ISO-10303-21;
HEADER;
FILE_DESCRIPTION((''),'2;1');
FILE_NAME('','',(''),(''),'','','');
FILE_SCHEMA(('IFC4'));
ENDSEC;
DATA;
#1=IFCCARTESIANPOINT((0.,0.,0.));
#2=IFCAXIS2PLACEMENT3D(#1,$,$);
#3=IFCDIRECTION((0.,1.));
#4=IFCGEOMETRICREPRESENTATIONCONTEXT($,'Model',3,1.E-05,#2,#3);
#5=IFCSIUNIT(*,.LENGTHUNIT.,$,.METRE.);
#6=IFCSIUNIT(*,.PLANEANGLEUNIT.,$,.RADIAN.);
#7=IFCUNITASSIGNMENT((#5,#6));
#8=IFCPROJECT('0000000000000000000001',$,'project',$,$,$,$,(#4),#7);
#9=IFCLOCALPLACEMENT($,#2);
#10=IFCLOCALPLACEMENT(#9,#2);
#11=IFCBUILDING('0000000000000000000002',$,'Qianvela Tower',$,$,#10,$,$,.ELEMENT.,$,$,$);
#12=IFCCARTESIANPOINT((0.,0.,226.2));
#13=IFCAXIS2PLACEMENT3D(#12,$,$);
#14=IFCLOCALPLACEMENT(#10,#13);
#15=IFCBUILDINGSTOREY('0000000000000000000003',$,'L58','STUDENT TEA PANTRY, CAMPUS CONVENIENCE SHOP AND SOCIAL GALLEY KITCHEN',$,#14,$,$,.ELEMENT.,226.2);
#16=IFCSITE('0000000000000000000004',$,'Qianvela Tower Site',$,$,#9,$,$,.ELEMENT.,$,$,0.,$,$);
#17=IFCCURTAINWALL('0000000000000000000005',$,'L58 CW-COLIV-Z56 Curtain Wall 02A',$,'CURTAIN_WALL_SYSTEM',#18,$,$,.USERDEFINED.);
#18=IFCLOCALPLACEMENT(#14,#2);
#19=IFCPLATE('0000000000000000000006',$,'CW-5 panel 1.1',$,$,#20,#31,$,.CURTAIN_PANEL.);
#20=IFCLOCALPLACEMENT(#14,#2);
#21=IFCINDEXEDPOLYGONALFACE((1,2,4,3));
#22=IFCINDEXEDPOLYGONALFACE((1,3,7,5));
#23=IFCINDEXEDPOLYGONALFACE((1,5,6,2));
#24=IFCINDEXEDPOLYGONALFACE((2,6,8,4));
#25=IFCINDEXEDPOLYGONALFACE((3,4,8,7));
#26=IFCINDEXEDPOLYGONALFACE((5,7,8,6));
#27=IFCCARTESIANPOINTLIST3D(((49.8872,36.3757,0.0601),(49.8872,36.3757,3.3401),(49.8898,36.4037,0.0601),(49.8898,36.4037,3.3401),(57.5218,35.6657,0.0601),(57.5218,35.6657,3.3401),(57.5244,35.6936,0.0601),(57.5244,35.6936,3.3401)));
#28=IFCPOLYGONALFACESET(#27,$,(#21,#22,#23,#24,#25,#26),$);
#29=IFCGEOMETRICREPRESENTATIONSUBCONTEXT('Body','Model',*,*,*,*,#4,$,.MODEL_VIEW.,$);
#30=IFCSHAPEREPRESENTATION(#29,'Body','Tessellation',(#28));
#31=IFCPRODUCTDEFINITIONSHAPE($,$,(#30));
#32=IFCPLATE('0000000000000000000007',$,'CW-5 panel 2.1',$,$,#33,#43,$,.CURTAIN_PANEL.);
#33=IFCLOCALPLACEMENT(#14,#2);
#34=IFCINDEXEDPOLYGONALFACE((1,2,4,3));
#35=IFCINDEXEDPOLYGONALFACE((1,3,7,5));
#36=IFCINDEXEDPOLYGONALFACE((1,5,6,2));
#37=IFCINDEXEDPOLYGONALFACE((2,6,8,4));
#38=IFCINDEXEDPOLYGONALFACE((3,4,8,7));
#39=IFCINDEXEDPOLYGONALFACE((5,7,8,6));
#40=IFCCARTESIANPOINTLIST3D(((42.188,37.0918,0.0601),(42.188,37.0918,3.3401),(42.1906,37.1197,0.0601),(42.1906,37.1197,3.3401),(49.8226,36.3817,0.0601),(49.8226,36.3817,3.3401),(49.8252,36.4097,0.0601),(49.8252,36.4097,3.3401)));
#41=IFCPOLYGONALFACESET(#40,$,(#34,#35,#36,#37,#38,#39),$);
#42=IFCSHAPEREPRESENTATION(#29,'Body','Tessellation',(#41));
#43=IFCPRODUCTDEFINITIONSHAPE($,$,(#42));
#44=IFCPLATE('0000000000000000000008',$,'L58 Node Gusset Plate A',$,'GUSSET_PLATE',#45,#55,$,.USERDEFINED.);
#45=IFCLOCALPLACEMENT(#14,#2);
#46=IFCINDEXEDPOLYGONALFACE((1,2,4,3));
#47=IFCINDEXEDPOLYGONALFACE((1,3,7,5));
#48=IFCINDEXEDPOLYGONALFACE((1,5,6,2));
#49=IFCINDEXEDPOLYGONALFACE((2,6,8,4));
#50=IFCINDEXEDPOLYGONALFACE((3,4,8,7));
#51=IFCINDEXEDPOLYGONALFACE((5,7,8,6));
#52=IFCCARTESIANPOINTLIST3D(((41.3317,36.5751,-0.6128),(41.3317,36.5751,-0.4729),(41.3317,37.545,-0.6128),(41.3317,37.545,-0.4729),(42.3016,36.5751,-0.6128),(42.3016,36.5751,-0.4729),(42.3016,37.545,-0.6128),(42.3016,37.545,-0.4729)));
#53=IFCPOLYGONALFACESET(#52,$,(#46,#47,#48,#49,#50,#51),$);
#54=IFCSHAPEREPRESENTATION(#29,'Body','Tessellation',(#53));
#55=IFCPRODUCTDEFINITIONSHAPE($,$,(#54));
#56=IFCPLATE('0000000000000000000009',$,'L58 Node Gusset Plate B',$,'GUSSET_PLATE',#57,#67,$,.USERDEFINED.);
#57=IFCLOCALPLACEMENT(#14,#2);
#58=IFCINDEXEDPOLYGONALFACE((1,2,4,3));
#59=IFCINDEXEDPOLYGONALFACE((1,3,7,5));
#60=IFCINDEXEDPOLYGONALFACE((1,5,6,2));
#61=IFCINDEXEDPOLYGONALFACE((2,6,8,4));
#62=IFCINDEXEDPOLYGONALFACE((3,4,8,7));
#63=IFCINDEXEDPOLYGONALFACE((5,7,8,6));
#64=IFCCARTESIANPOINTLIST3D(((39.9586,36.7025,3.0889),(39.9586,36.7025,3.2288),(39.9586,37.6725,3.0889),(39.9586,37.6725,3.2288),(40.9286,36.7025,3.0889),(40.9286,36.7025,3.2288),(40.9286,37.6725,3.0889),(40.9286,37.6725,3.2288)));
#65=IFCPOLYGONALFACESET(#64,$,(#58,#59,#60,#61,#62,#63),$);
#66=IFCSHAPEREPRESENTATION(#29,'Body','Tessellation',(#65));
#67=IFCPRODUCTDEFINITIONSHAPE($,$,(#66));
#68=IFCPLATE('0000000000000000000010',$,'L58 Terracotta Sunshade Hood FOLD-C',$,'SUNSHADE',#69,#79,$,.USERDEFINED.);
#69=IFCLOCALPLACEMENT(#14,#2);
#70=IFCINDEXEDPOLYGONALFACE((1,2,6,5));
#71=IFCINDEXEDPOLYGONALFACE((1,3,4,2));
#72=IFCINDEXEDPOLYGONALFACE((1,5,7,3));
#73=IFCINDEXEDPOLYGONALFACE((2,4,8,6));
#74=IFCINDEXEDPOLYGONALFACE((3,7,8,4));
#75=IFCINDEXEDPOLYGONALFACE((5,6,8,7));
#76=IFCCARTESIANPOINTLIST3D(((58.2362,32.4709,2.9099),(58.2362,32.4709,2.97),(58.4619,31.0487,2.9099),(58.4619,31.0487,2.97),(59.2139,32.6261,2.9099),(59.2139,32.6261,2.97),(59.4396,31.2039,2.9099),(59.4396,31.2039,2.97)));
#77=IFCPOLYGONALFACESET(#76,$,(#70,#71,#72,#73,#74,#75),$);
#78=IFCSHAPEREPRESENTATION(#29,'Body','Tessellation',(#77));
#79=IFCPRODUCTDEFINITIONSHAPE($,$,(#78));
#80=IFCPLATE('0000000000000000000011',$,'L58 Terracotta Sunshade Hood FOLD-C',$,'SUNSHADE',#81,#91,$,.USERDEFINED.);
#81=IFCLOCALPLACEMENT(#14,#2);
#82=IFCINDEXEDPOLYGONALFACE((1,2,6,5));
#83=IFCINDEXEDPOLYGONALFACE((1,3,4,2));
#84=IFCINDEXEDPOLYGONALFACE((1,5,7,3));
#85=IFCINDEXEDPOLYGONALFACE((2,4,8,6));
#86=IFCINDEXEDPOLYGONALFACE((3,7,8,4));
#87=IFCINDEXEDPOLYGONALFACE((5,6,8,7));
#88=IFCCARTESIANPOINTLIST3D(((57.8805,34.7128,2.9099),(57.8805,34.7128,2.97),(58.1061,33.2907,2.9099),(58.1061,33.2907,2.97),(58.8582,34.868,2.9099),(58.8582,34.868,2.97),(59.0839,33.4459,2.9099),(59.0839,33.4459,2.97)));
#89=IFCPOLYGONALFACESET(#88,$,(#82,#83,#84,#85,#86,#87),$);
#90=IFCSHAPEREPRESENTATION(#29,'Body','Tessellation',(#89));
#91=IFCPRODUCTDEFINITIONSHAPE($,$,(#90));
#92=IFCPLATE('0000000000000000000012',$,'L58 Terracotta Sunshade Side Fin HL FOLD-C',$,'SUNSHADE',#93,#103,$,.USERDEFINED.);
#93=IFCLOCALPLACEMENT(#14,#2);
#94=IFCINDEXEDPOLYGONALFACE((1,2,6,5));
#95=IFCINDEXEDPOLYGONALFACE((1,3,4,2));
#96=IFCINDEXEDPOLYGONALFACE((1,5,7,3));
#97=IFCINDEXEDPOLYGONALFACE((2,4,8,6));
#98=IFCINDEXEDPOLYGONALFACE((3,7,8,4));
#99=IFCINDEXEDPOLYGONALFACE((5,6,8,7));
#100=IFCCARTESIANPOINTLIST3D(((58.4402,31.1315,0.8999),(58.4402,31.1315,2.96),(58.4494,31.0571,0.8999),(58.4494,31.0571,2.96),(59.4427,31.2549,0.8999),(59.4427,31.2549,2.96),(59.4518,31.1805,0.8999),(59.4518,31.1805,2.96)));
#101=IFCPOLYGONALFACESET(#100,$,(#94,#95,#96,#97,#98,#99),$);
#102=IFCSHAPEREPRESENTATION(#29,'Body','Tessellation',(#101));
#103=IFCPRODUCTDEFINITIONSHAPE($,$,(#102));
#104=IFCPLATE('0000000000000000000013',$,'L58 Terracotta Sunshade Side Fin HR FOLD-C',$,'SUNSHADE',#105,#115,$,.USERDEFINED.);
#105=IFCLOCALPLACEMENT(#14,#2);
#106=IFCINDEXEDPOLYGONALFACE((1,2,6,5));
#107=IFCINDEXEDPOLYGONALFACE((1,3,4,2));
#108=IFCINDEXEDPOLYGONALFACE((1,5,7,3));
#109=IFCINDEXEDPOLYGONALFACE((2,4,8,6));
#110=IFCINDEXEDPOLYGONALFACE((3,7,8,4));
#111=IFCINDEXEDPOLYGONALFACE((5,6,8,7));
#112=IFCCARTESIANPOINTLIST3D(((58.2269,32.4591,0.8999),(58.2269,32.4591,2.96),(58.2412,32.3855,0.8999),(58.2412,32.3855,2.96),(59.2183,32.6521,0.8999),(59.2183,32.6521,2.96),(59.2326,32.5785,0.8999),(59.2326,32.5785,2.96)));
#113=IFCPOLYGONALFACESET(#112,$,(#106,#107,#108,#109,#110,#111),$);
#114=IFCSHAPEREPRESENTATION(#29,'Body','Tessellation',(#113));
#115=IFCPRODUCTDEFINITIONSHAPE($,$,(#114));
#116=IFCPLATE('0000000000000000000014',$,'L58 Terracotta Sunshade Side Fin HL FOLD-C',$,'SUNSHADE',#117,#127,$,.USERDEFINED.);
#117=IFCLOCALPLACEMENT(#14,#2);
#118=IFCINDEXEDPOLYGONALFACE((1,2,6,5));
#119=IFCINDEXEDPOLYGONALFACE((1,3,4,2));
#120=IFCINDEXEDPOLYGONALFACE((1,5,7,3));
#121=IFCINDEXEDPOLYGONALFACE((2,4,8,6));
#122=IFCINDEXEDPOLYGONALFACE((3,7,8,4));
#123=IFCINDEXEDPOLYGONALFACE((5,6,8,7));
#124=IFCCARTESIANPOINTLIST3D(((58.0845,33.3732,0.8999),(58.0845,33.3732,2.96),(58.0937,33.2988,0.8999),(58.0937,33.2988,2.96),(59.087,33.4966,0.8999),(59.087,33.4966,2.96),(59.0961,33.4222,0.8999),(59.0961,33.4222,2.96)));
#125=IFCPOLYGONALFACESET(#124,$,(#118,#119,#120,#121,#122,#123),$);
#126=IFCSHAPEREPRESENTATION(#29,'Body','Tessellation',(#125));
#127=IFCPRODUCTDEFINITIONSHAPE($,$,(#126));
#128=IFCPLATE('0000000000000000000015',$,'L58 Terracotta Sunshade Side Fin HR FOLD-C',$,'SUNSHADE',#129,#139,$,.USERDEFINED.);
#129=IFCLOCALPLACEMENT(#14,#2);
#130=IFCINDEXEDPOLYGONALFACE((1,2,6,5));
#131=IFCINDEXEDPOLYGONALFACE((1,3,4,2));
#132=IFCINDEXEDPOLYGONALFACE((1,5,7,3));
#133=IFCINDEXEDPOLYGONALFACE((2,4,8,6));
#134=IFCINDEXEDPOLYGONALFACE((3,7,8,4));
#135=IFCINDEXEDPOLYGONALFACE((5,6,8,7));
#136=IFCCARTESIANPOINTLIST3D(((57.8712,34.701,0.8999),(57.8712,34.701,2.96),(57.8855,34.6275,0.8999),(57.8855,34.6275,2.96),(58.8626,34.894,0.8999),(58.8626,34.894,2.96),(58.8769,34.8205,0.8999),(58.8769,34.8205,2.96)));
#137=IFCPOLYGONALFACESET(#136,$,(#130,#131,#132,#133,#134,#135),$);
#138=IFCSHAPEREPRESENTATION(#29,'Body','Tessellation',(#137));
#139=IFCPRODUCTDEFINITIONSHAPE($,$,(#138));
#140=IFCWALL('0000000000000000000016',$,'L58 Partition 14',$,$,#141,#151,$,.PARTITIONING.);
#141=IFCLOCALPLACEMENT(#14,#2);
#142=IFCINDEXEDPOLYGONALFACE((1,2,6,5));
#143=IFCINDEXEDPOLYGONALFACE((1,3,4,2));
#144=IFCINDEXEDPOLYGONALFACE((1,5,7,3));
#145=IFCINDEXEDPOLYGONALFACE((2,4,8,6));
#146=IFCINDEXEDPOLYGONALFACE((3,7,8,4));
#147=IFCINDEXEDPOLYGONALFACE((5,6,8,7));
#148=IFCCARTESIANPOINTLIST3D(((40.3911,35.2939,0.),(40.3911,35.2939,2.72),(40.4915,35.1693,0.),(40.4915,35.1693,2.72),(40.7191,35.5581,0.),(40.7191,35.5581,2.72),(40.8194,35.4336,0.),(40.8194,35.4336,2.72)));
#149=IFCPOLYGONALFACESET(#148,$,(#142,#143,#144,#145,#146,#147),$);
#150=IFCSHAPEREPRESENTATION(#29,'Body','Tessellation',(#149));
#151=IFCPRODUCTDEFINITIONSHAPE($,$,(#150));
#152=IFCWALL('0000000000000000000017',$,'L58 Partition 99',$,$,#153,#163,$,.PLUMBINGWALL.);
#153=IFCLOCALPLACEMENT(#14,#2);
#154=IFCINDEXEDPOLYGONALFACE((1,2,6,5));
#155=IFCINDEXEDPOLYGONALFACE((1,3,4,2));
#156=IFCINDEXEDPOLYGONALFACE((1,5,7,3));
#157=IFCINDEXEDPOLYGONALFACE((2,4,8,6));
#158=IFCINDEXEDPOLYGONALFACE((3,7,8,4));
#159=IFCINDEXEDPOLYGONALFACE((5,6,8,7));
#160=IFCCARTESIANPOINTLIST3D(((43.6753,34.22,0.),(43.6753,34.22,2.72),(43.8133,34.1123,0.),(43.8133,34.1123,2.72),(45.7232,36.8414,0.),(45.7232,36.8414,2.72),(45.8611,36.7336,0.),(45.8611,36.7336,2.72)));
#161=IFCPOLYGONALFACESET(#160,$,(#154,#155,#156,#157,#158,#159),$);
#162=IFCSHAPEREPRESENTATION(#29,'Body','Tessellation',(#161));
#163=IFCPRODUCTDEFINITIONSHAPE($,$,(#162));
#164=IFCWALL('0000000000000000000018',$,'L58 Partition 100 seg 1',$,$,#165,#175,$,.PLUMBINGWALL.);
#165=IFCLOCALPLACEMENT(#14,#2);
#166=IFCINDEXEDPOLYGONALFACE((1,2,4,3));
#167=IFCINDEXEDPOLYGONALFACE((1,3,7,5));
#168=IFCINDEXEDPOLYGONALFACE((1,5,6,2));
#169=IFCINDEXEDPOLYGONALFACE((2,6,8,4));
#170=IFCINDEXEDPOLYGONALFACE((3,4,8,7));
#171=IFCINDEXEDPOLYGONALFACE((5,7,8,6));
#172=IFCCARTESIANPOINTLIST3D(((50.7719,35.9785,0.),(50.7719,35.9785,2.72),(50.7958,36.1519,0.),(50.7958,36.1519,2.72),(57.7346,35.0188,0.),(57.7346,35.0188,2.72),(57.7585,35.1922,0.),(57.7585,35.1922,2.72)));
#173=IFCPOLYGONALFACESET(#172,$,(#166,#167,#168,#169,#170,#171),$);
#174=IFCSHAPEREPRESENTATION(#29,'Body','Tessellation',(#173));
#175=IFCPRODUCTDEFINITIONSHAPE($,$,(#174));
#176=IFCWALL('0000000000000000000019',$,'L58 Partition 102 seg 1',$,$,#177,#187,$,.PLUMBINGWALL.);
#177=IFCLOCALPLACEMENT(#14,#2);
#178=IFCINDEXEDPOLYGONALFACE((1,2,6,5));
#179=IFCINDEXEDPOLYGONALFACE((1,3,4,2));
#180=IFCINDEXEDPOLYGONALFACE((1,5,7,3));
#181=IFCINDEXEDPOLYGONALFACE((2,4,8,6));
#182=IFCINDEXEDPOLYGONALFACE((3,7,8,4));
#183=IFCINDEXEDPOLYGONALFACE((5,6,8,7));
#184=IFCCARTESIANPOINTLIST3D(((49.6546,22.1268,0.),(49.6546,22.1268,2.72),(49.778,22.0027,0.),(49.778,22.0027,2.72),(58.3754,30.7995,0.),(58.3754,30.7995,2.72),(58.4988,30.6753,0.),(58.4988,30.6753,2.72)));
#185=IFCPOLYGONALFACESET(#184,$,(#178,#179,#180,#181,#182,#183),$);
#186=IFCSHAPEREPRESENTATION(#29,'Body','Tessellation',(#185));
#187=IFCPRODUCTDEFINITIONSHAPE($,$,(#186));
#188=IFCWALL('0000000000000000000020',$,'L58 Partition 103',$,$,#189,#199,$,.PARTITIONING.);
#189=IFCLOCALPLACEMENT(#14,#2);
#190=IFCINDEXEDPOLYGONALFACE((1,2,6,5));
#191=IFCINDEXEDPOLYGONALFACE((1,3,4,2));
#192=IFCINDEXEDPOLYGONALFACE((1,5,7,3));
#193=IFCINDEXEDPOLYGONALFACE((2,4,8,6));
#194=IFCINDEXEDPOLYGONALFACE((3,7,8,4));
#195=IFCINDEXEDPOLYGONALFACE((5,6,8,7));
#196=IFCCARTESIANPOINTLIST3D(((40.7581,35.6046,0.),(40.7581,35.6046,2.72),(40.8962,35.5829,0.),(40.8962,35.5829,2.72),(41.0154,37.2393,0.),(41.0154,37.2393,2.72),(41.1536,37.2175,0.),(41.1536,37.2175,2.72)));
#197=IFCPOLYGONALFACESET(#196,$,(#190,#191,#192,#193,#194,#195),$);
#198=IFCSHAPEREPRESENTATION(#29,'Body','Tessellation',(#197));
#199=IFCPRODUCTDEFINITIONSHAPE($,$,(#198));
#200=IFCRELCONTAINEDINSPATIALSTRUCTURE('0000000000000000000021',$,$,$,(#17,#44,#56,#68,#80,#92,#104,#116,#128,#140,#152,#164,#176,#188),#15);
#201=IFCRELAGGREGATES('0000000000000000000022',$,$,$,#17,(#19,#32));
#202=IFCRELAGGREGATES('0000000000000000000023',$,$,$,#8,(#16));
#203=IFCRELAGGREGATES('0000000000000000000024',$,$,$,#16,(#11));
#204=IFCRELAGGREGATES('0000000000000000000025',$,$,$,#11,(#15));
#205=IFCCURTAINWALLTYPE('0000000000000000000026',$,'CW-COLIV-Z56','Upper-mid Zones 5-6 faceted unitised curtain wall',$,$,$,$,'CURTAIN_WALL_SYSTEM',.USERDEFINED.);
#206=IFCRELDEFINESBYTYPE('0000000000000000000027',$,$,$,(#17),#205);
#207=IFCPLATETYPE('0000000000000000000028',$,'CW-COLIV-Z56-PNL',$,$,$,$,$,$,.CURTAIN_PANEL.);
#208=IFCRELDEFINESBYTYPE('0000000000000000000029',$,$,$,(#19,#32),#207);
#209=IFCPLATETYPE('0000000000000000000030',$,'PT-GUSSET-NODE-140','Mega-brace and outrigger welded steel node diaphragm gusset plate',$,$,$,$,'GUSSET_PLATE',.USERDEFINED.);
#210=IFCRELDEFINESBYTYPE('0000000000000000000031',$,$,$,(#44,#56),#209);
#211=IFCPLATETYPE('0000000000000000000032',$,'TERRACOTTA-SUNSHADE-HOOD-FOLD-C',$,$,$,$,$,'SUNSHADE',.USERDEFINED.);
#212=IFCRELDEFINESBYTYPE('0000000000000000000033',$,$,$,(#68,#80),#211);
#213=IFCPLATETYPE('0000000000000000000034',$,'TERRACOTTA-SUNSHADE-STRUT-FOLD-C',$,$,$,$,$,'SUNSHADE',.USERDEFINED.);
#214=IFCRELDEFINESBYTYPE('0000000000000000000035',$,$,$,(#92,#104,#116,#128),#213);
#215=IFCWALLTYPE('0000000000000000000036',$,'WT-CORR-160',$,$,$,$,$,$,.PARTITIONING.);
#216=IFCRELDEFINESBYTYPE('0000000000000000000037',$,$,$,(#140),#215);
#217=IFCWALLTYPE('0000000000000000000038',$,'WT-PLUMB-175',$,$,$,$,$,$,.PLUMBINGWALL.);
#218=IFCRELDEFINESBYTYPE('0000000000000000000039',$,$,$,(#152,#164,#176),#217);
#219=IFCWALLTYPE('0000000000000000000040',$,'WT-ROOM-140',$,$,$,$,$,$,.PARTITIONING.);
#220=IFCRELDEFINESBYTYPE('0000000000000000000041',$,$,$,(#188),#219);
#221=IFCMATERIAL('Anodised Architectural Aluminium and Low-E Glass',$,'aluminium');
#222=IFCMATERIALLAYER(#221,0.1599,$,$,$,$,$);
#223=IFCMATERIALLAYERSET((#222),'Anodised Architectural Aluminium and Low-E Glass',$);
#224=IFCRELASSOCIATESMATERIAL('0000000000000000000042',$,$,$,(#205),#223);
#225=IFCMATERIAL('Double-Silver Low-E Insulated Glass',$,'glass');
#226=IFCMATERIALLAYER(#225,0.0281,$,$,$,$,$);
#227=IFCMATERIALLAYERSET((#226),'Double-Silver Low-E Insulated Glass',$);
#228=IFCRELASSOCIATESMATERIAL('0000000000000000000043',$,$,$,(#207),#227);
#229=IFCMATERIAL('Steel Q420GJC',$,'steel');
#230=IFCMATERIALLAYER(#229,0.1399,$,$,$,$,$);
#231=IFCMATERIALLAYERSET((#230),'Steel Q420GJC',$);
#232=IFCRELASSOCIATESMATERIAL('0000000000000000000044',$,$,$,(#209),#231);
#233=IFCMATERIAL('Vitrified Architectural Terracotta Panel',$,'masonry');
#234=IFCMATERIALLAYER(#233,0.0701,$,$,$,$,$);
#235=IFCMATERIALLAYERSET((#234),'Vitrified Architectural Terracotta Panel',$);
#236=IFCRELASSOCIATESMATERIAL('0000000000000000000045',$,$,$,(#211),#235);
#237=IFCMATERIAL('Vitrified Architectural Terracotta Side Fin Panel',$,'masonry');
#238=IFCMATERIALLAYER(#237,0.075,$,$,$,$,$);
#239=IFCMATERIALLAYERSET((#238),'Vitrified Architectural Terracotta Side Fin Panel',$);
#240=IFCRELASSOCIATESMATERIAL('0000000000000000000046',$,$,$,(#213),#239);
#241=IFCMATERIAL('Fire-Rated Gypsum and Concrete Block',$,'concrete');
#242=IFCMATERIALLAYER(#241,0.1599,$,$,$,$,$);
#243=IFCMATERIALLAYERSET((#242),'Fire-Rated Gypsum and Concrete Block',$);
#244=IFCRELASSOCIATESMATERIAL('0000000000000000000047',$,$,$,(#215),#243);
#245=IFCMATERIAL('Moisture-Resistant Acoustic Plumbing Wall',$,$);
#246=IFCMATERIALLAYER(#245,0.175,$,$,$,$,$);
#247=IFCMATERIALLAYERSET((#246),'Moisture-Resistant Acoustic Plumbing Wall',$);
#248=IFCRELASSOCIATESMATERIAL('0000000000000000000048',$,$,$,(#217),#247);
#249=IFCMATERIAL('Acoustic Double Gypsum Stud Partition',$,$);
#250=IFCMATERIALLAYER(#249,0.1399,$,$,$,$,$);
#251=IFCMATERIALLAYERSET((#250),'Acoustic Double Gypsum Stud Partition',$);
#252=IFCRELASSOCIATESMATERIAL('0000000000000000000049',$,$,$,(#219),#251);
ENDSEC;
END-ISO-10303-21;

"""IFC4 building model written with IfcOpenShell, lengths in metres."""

from ifc_helpers import new_model, si_unit, direction, frame, frame_2d, origin, origin_2d, place, context, subcontext, project, spatial, rectangle, extrude, material, layer, layer_set, type_object, element, aggregate, save


model = new_model("IFC4")

# Units and contexts
model_context = context("Model", 3, precision=1e-05, world=origin(), true_north=direction((0.0, 1.0)))
body_context = subcontext(model_context, "Body", "Model", "MODEL_VIEW")
ifc_project = project(units=[si_unit("LENGTHUNIT", "METRE"), si_unit("PLANEANGLEUNIT", "RADIAN")], contexts=[model_context])

# Site, building, storey
site_placement = place(None, origin())
site = spatial("IfcSite", under=ifc_project, at=site_placement, Name="Qianvela Tower Site", CompositionType="ELEMENT", RefElevation=0.0)
building_placement = place(site_placement, origin())
building = spatial("IfcBuilding", under=site, at=building_placement, Name="Qianvela Tower", CompositionType="ELEMENT")
storey_placement = place(building_placement, frame((0.0, 0.0, 226.2)))
storey = spatial("IfcBuildingStorey", under=building, at=storey_placement, Name="L58", Description="STUDENT TEA PANTRY, CAMPUS CONVENIENCE SHOP AND SOCIAL GALLEY KITCHEN", CompositionType="ELEMENT", Elevation=226.2)

# Curtain wall
ifc_material_1 = material(Name="Anodised Architectural Aluminium and Low-E Glass", Category="aluminium")
ifc_layer_1 = layer(ifc_material_1, 0.1599)
ifc_layer_set_1 = layer_set([ifc_layer_1], Name="Anodised Architectural Aluminium and Low-E Glass")
curtain_wall_type_1 = type_object("IfcCurtainWallType", Name="CW-COLIV-Z56", Description="Upper-mid Zones 5-6 faceted unitised curtain wall", ElementType="CURTAIN_WALL_SYSTEM", PredefinedType="USERDEFINED", material=ifc_layer_set_1)
curtain_wall_1_placement = place(storey_placement, origin())
curtain_wall_1 = element("IfcCurtainWall", 1, at=curtain_wall_1_placement, inside=storey, type_object=curtain_wall_type_1, Name="L58 CW-COLIV-Z56 Curtain Wall 02A", ObjectType="CURTAIN_WALL_SYSTEM", PredefinedType="USERDEFINED")

# Plates
ifc_material_2 = material(Name="Double-Silver Low-E Insulated Glass", Category="glass")
ifc_layer_2 = layer(ifc_material_2, 0.0281)
ifc_layer_set_2 = layer_set([ifc_layer_2], Name="Double-Silver Low-E Insulated Glass")
plate_type_1 = type_object("IfcPlateType", Name="CW-COLIV-Z56-PNL", PredefinedType="CURTAIN_PANEL", material=ifc_layer_set_2)
plate_1_placement = place(storey_placement, frame((53.7058, 36.0347, 0.0601), z_axis=(0.0, 0.0, 1.0), x_axis=(-0.995703, 0.092601, 0.0)))
plate_1 = element("IfcPlate", 2, at=plate_1_placement, type_object=plate_type_1, Name="CW-5 panel 1.1", PredefinedType="CURTAIN_PANEL", context=body_context, shape_type="SweptSolid", body=[
    extrude(rectangle(XDim=7.6675, YDim=0.0281, at=origin_2d()), origin(), (0.0, 0.0, 1.0), 3.28),
])
plate_2_placement = place(storey_placement, frame((46.0066, 36.7507, 0.0601), z_axis=(0.0, 0.0, 1.0), x_axis=(-0.995703, 0.092601, 0.0)))
plate_2 = element("IfcPlate", 3, at=plate_2_placement, type_object=plate_type_1, Name="CW-5 panel 2.1", PredefinedType="CURTAIN_PANEL", context=body_context, shape_type="SweptSolid", body=[
    extrude(rectangle(XDim=7.6675, YDim=0.0281, at=origin_2d()), origin(), (0.0, 0.0, 1.0), 3.28),
])
aggregate(curtain_wall_1, [plate_1, plate_2])

# Plates
ifc_material_3 = material(Name="Steel Q420GJC", Category="steel")
ifc_layer_3 = layer(ifc_material_3, 0.1399)
ifc_layer_set_3 = layer_set([ifc_layer_3], Name="Steel Q420GJC")
plate_type_2 = type_object("IfcPlateType", Name="PT-GUSSET-NODE-140", Description="Mega-brace and outrigger welded steel node diaphragm gusset plate", ElementType="GUSSET_PLATE", PredefinedType="USERDEFINED", material=ifc_layer_set_3)
for number, where, z_axis, x_axis, name in (
    (4, (41.8167, 37.0601, -0.6128), (0.0, 0.0, 1.0), (1.0, 0.0, 0.0), "L58 Node Gusset Plate A"),
    (5, (40.4436, 37.1875, 3.0889), (0.0, 0.0, 1.0), (1.0, 0.0, 0.0), "L58 Node Gusset Plate B"),
):
    element("IfcPlate", number, at=place(storey_placement, frame(where, z_axis=z_axis, x_axis=x_axis)), inside=storey, type_object=plate_type_2, Name=name, ObjectType="GUSSET_PLATE", PredefinedType="USERDEFINED", context=body_context, shape_type="SweptSolid", body=[
        extrude(rectangle(XDim=0.97, YDim=0.97, at=origin_2d()), origin(), (0.0, 0.0, 1.0), 0.1399),
    ])
ifc_material_4 = material(Name="Vitrified Architectural Terracotta Panel", Category="masonry")
ifc_layer_4 = layer(ifc_material_4, 0.0701)
ifc_layer_set_4 = layer_set([ifc_layer_4], Name="Vitrified Architectural Terracotta Panel")
plate_type_3 = type_object("IfcPlateType", Name="TERRACOTTA-SUNSHADE-HOOD-FOLD-C", ElementType="SUNSHADE", PredefinedType="USERDEFINED", material=ifc_layer_set_4)
for number, where, z_axis, x_axis, name in (
    (6, (58.8379, 31.8374, 2.9099), (0.0, 0.0, 1.0), (-0.156728, 0.987642, 0.0), "L58 Terracotta Sunshade Hood FOLD-C"),
    (7, (58.4822, 34.0793, 2.9099), (0.0, 0.0, 1.0), (-0.156728, 0.987642, 0.0), "L58 Terracotta Sunshade Hood FOLD-C"),
):
    element("IfcPlate", number, at=place(storey_placement, frame(where, z_axis=z_axis, x_axis=x_axis)), inside=storey, type_object=plate_type_3, Name=name, ObjectType="SUNSHADE", PredefinedType="USERDEFINED", context=body_context, shape_type="SweptSolid", body=[
        extrude(rectangle(XDim=1.4399, YDim=0.99, at=origin_2d()), origin(), (0.0, 0.0, 1.0), 0.0601),
    ])
ifc_material_5 = material(Name="Vitrified Architectural Terracotta Side Fin Panel", Category="masonry")
ifc_layer_5 = layer(ifc_material_5, 0.075)
ifc_layer_set_5 = layer_set([ifc_layer_5], Name="Vitrified Architectural Terracotta Side Fin Panel")
plate_type_4 = type_object("IfcPlateType", Name="TERRACOTTA-SUNSHADE-STRUT-FOLD-C", ElementType="SUNSHADE", PredefinedType="USERDEFINED", material=ifc_layer_set_5)
for number, where, z_axis, x_axis, name in (
    (8, (58.946, 31.156, 0.8999), (0.0, 0.0, 1.0), (-0.122164, 0.99251, 0.0), "L58 Terracotta Sunshade Side Fin HL FOLD-C"),
    (9, (58.7297, 32.5188, 0.8999), (0.0, 0.0, 1.0), (-0.1911, 0.981571, 0.0), "L58 Terracotta Sunshade Side Fin HR FOLD-C"),
    (10, (58.5903, 33.3977, 0.8999), (0.0, 0.0, 1.0), (-0.122164, 0.99251, 0.0), "L58 Terracotta Sunshade Side Fin HL FOLD-C"),
    (11, (58.374, 34.7607, 0.8999), (0.0, 0.0, 1.0), (-0.1911, 0.981571, 0.0), "L58 Terracotta Sunshade Side Fin HR FOLD-C"),
):
    element("IfcPlate", number, at=place(storey_placement, frame(where, z_axis=z_axis, x_axis=x_axis)), inside=storey, type_object=plate_type_4, Name=name, ObjectType="SUNSHADE", PredefinedType="USERDEFINED", context=body_context, shape_type="SweptSolid", body=[
        extrude(rectangle(XDim=0.075, YDim=1.01, at=origin_2d()), origin(), (0.0, 0.0, 1.0), 2.0601),
    ])

# Walls
ifc_material_6 = material(Name="Fire-Rated Gypsum and Concrete Block", Category="concrete")
ifc_layer_6 = layer(ifc_material_6, 0.1599)
ifc_layer_set_6 = layer_set([ifc_layer_6], Name="Fire-Rated Gypsum and Concrete Block")
wall_type_1 = type_object("IfcWallType", Name="WT-CORR-160", PredefinedType="PARTITIONING", material=ifc_layer_set_6)
wall_1_placement = place(storey_placement, frame((40.4414, 35.2317, 0.0), z_axis=(0.0, 0.0, 1.0), x_axis=(0.778715, 0.627378, 0.0)))
element("IfcWall", 12, at=wall_1_placement, inside=storey, type_object=wall_type_1, Name="L58 Partition 14", PredefinedType="PARTITIONING", context=body_context, shape_type="SweptSolid", body=[
    extrude(rectangle(XDim=0.4211, YDim=0.1599, at=frame_2d((0.2104, 0.0))), origin(), (0.0, 0.0, 1.0), 2.72),
])
ifc_material_7 = material(Name="Moisture-Resistant Acoustic Plumbing Wall")
ifc_layer_7 = layer(ifc_material_7, 0.175)
ifc_layer_set_7 = layer_set([ifc_layer_7], Name="Moisture-Resistant Acoustic Plumbing Wall")
wall_type_2 = type_object("IfcWallType", Name="WT-PLUMB-175", PredefinedType="PLUMBINGWALL", material=ifc_layer_set_7)
wall_2_placement = place(storey_placement, frame((43.7444, 34.1663, 0.0), z_axis=(0.0, 0.0, 1.0), x_axis=(0.615631, 0.788034, 0.0)))
element("IfcWall", 13, at=wall_2_placement, inside=storey, type_object=wall_type_2, Name="L58 Partition 99", PredefinedType="PLUMBINGWALL", context=body_context, shape_type="SweptSolid", body=[
    extrude(rectangle(XDim=3.3264, YDim=0.175, at=frame_2d((1.6631, 0.0))), origin(), (0.0, 0.0, 1.0), 2.72),
])
wall_3_placement = place(storey_placement, frame((50.7839, 36.0652, 0.0), z_axis=(0.0, 0.0, 1.0), x_axis=(0.990634, -0.136547, 0.0)))
element("IfcWall", 14, at=wall_3_placement, inside=storey, type_object=wall_type_2, Name="L58 Partition 100 seg 1", PredefinedType="PLUMBINGWALL", context=body_context, shape_type="SweptSolid", body=[
    extrude(rectangle(XDim=7.0286, YDim=0.175, at=frame_2d((3.5142, 0.0))), origin(), (0.0, 0.0, 1.0), 2.72),
])
wall_4_placement = place(storey_placement, frame((58.437, 30.7373, 0.0), z_axis=(0.0, 0.0, 1.0), x_axis=(-0.709059, -0.705149, 0.0)))
element("IfcWall", 15, at=wall_4_placement, inside=storey, type_object=wall_type_2, Name="L58 Partition 102 seg 1", PredefinedType="PLUMBINGWALL", context=body_context, shape_type="SweptSolid", body=[
    extrude(rectangle(XDim=12.2991, YDim=0.175, at=frame_2d((6.1494, 0.0))), origin(), (0.0, 0.0, 1.0), 2.72),
])
ifc_material_8 = material(Name="Acoustic Double Gypsum Stud Partition")
ifc_layer_8 = layer(ifc_material_8, 0.1399)
ifc_layer_set_8 = layer_set([ifc_layer_8], Name="Acoustic Double Gypsum Stud Partition")
wall_type_3 = type_object("IfcWallType", Name="WT-ROOM-140", PredefinedType="PARTITIONING", material=ifc_layer_set_8)
wall_5_placement = place(storey_placement, frame((40.8271, 35.5938, 0.0), z_axis=(0.0, 0.0, 1.0), x_axis=(0.155493, 0.987837, 0.0)))
element("IfcWall", 16, at=wall_5_placement, inside=storey, type_object=wall_type_3, Name="L58 Partition 103", PredefinedType="PARTITIONING", context=body_context, shape_type="SweptSolid", body=[
    extrude(rectangle(XDim=1.6548, YDim=0.1399, at=frame_2d((0.8274, 0.0))), origin(), (0.0, 0.0, 1.0), 2.72),
])

save(model, "model.ifc")
